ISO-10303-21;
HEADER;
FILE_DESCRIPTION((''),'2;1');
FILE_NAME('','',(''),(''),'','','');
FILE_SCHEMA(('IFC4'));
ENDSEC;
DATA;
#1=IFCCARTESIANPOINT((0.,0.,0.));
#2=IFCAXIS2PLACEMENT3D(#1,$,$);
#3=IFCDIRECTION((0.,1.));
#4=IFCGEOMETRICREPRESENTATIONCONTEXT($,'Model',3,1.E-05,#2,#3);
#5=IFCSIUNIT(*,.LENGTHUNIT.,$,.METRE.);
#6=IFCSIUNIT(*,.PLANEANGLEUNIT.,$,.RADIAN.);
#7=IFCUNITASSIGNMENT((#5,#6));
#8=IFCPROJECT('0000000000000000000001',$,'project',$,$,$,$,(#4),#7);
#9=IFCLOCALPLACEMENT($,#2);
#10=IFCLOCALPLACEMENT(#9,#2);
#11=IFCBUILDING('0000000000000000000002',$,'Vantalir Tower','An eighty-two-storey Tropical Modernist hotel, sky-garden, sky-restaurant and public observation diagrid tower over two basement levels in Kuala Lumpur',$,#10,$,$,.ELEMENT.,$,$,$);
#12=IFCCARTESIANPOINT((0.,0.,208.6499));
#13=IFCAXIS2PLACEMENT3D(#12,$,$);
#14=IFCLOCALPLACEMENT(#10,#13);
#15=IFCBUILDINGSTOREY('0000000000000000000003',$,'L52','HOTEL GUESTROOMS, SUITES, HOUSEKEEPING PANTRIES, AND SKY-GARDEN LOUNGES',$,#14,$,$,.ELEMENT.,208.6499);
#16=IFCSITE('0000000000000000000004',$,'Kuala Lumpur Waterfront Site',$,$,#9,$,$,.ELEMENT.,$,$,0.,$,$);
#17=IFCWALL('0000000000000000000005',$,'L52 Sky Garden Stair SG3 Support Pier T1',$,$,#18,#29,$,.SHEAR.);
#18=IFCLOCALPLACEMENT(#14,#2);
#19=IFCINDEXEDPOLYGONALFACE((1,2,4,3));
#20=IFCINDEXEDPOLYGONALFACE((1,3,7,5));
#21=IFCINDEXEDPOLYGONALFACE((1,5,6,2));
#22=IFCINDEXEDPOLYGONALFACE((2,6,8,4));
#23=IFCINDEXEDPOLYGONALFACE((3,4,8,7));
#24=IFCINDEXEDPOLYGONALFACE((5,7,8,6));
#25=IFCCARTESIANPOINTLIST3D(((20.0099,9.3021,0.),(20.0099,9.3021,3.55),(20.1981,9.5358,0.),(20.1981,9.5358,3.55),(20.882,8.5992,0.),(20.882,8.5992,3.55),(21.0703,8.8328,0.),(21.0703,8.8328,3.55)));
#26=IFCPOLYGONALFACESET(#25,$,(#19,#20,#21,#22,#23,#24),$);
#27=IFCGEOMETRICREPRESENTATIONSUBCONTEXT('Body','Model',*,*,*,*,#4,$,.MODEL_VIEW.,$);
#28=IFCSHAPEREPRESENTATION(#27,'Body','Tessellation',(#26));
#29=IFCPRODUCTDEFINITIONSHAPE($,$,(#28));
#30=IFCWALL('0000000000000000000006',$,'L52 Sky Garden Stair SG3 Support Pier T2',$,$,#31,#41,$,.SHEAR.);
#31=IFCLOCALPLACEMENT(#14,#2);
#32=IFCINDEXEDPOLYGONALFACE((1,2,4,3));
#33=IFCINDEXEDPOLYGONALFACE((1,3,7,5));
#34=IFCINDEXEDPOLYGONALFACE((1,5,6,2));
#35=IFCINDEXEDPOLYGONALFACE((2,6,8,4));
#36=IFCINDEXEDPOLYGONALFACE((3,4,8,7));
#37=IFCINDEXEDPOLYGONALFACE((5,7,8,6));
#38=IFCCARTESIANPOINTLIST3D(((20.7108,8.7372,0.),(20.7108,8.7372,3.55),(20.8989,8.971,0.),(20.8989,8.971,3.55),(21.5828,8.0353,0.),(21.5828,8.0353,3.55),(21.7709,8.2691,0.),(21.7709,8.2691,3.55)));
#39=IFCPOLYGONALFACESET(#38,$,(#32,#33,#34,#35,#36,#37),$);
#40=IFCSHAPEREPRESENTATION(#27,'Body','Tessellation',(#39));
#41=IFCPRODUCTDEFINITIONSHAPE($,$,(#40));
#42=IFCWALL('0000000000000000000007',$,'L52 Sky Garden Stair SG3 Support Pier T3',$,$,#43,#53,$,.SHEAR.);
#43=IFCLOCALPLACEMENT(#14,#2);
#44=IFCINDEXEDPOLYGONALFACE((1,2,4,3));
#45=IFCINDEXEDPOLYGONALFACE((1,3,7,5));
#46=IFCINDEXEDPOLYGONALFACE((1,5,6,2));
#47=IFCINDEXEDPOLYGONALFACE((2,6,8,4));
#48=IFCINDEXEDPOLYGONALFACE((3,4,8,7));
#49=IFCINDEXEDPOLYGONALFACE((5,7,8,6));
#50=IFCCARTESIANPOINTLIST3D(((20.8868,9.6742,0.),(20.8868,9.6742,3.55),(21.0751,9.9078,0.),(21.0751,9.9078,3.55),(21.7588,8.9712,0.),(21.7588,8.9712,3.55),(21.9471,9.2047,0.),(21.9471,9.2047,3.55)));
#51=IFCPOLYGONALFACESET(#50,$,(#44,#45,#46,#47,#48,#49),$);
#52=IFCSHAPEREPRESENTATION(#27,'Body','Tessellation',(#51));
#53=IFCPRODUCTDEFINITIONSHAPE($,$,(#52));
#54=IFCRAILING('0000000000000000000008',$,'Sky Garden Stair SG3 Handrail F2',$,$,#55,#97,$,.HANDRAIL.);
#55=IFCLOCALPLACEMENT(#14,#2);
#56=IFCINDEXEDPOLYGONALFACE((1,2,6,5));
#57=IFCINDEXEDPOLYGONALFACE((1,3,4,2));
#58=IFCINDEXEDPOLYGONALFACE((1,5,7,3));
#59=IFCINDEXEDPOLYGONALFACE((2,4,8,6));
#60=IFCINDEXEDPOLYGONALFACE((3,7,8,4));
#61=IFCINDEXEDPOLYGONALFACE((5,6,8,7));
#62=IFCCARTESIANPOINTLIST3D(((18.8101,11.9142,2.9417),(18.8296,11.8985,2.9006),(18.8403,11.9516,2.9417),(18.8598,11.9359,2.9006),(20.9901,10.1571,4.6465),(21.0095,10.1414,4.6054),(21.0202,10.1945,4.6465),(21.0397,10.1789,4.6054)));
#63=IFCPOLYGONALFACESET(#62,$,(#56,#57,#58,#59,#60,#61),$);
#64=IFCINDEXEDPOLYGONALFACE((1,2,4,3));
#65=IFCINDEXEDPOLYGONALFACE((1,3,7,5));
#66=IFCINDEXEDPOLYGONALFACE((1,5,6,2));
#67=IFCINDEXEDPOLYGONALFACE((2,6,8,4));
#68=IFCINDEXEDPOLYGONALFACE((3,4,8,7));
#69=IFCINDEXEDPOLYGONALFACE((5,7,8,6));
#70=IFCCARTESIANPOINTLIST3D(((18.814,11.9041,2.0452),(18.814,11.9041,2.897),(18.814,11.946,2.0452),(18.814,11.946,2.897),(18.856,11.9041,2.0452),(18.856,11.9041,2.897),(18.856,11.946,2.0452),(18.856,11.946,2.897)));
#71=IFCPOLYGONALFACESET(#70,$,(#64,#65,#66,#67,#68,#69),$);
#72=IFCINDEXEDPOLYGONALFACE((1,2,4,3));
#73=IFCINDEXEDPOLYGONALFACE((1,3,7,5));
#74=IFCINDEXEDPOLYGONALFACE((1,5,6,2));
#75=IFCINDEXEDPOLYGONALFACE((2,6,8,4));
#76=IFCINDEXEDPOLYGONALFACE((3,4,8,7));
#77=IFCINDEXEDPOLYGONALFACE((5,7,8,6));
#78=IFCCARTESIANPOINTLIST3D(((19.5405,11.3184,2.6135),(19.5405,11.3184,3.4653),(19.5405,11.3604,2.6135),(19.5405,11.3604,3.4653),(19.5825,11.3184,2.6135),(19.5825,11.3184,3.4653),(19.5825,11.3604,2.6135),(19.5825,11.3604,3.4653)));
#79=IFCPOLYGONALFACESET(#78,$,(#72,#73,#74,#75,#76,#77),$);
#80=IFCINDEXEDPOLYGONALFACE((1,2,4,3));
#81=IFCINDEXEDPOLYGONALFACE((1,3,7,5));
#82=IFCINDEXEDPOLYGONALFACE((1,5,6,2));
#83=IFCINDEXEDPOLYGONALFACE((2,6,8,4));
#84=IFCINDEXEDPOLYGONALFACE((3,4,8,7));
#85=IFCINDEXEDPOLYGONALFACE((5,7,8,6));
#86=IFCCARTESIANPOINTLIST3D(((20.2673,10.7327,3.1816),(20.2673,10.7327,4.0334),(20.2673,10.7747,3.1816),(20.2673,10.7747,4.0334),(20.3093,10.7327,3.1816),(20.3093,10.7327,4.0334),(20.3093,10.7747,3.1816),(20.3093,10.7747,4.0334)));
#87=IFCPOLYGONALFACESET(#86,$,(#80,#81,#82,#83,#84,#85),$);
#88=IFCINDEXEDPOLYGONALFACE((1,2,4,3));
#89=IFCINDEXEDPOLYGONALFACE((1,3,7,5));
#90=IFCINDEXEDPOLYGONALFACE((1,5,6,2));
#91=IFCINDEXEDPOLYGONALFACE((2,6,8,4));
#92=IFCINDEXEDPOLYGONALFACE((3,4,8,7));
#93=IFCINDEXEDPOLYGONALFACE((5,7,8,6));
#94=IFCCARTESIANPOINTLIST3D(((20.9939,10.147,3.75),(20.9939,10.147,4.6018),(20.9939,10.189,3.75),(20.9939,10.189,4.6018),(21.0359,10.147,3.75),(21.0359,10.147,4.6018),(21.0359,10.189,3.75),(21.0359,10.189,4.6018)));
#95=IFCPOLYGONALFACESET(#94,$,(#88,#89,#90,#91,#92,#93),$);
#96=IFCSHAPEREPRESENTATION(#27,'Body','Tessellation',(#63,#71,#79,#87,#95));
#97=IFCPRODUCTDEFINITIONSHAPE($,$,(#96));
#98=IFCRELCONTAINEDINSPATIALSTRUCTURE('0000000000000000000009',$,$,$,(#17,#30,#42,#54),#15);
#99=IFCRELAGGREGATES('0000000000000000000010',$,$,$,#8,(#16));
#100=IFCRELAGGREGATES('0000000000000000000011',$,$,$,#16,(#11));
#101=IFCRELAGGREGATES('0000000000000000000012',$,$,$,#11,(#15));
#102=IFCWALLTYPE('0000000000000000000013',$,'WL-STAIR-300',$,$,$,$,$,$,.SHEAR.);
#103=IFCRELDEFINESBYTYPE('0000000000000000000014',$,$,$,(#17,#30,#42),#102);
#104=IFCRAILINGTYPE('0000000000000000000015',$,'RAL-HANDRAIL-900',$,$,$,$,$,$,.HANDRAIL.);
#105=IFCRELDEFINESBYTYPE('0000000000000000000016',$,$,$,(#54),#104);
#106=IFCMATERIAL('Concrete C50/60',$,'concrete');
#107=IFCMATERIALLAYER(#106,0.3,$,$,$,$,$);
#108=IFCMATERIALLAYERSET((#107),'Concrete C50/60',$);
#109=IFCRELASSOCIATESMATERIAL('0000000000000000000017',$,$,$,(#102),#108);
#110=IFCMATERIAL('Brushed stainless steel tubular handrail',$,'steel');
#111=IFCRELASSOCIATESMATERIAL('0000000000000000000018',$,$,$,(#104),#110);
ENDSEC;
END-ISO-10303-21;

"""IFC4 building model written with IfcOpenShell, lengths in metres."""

from ifc_helpers import new_model, si_unit, direction, frame, frame_2d, origin, origin_2d, place, context, subcontext, project, spatial, rectangle, extrude, material, layer, layer_set, type_object, element, save


model = new_model("IFC4")

# Units and contexts
model_context = context("Model", 3, precision=1e-05, world=origin(), true_north=direction((0.0, 1.0)))
body_context = subcontext(model_context, "Body", "Model", "MODEL_VIEW")
ifc_project = project(units=[si_unit("LENGTHUNIT", "METRE"), si_unit("PLANEANGLEUNIT", "RADIAN")], contexts=[model_context])

# Site, building, storey
site_placement = place(None, origin())
site = spatial("IfcSite", under=ifc_project, at=site_placement, Name="Kuala Lumpur Waterfront Site", CompositionType="ELEMENT", RefElevation=0.0)
building_placement = place(site_placement, origin())
building = spatial("IfcBuilding", under=site, at=building_placement, Name="Vantalir Tower", Description="An eighty-two-storey Tropical Modernist hotel, sky-garden, sky-restaurant and public observation diagrid tower over two basement levels in Kuala Lumpur", CompositionType="ELEMENT")
storey_placement = place(building_placement, frame((0.0, 0.0, 208.6499)))
storey = spatial("IfcBuildingStorey", under=building, at=storey_placement, Name="L52", Description="HOTEL GUESTROOMS, SUITES, HOUSEKEEPING PANTRIES, AND SKY-GARDEN LOUNGES", CompositionType="ELEMENT", Elevation=208.6499)

# Walls
ifc_material_1 = material(Name="Concrete C50/60", Category="concrete")
ifc_layer_1 = layer(ifc_material_1, 0.3)
ifc_layer_set_1 = layer_set([ifc_layer_1], Name="Concrete C50/60")
wall_type_1 = type_object("IfcWallType", Name="WL-STAIR-300", PredefinedType="SHEAR", material=ifc_layer_set_1)
wall_1_placement = place(storey_placement, frame((20.104, 9.4189, 0.0), z_axis=(0.0, 0.0, 1.0), x_axis=(0.778588, -0.627535, 0.0)))
element("IfcWall", 1, at=wall_1_placement, inside=storey, type_object=wall_type_1, Name="L52 Sky Garden Stair SG3 Support Pier T1", PredefinedType="SHEAR", context=body_context, shape_type="SweptSolid", body=[
    extrude(rectangle(XDim=1.1201, YDim=0.3, at=frame_2d((0.5601, 0.0))), origin(), (0.0, 0.0, 1.0), 3.55),
])
wall_2_placement = place(storey_placement, frame((20.8049, 8.854, 0.0), z_axis=(0.0, 0.0, 1.0), x_axis=(0.779014, -0.627006, 0.0)))
element("IfcWall", 2, at=wall_2_placement, inside=storey, type_object=wall_type_1, Name="L52 Sky Garden Stair SG3 Support Pier T2", PredefinedType="SHEAR", context=body_context, shape_type="SweptSolid", body=[
    extrude(rectangle(XDim=1.1194, YDim=0.3, at=frame_2d((0.5596, 0.0))), origin(), (0.0, 0.0, 1.0), 3.55),
])
wall_3_placement = place(storey_placement, frame((20.981, 9.791, 0.0), z_axis=(0.0, 0.0, 1.0), x_axis=(0.778482, -0.627667, 0.0)))
element("IfcWall", 3, at=wall_3_placement, inside=storey, type_object=wall_type_1, Name="L52 Sky Garden Stair SG3 Support Pier T3", PredefinedType="SHEAR", context=body_context, shape_type="SweptSolid", body=[
    extrude(rectangle(XDim=1.1201, YDim=0.3, at=frame_2d((0.5601, 0.0))), origin(), (0.0, 0.0, 1.0), 3.55),
])

# Railing
ifc_material_2 = material(Name="Brushed stainless steel tubular handrail", Category="steel")
railing_type = type_object("IfcRailingType", Name="RAL-HANDRAIL-900", PredefinedType="HANDRAIL", material=ifc_material_2)
railing_placement = place(storey_placement, frame((18.835, 11.925, 2.0452)))
element("IfcRailing", 4, at=railing_placement, inside=storey, type_object=railing_type, Name="Sky Garden Stair SG3 Handrail F2", PredefinedType="HANDRAIL", context=body_context, shape_type="SweptSolid", body=[
    extrude(rectangle(XDim=0.0481, YDim=0.0481, at=origin_2d()), frame((0.0, 0.0, 0.876), z_axis=(0.665, -0.536007, 0.520069), x_axis=(0.627551, 0.778575, 0.0)), (0.0, 0.0, 1.0), 3.2781),
    extrude(rectangle(XDim=0.042, YDim=0.042, at=origin_2d()), origin(), (0.0, 0.0, 1.0), 0.8518),
    extrude(rectangle(XDim=0.042, YDim=0.042, at=origin_2d()), frame((0.7266, -0.5857, 0.5684)), (0.0, 0.0, 1.0), 0.8518),
    extrude(rectangle(XDim=0.042, YDim=0.042, at=origin_2d()), frame((1.4534, -1.1714, 1.1365)), (0.0, 0.0, 1.0), 0.8518),
    extrude(rectangle(XDim=0.042, YDim=0.042, at=origin_2d()), frame((2.1799, -1.7571, 1.7048)), (0.0, 0.0, 1.0), 0.8518),
])

save(model, "model.ifc")
